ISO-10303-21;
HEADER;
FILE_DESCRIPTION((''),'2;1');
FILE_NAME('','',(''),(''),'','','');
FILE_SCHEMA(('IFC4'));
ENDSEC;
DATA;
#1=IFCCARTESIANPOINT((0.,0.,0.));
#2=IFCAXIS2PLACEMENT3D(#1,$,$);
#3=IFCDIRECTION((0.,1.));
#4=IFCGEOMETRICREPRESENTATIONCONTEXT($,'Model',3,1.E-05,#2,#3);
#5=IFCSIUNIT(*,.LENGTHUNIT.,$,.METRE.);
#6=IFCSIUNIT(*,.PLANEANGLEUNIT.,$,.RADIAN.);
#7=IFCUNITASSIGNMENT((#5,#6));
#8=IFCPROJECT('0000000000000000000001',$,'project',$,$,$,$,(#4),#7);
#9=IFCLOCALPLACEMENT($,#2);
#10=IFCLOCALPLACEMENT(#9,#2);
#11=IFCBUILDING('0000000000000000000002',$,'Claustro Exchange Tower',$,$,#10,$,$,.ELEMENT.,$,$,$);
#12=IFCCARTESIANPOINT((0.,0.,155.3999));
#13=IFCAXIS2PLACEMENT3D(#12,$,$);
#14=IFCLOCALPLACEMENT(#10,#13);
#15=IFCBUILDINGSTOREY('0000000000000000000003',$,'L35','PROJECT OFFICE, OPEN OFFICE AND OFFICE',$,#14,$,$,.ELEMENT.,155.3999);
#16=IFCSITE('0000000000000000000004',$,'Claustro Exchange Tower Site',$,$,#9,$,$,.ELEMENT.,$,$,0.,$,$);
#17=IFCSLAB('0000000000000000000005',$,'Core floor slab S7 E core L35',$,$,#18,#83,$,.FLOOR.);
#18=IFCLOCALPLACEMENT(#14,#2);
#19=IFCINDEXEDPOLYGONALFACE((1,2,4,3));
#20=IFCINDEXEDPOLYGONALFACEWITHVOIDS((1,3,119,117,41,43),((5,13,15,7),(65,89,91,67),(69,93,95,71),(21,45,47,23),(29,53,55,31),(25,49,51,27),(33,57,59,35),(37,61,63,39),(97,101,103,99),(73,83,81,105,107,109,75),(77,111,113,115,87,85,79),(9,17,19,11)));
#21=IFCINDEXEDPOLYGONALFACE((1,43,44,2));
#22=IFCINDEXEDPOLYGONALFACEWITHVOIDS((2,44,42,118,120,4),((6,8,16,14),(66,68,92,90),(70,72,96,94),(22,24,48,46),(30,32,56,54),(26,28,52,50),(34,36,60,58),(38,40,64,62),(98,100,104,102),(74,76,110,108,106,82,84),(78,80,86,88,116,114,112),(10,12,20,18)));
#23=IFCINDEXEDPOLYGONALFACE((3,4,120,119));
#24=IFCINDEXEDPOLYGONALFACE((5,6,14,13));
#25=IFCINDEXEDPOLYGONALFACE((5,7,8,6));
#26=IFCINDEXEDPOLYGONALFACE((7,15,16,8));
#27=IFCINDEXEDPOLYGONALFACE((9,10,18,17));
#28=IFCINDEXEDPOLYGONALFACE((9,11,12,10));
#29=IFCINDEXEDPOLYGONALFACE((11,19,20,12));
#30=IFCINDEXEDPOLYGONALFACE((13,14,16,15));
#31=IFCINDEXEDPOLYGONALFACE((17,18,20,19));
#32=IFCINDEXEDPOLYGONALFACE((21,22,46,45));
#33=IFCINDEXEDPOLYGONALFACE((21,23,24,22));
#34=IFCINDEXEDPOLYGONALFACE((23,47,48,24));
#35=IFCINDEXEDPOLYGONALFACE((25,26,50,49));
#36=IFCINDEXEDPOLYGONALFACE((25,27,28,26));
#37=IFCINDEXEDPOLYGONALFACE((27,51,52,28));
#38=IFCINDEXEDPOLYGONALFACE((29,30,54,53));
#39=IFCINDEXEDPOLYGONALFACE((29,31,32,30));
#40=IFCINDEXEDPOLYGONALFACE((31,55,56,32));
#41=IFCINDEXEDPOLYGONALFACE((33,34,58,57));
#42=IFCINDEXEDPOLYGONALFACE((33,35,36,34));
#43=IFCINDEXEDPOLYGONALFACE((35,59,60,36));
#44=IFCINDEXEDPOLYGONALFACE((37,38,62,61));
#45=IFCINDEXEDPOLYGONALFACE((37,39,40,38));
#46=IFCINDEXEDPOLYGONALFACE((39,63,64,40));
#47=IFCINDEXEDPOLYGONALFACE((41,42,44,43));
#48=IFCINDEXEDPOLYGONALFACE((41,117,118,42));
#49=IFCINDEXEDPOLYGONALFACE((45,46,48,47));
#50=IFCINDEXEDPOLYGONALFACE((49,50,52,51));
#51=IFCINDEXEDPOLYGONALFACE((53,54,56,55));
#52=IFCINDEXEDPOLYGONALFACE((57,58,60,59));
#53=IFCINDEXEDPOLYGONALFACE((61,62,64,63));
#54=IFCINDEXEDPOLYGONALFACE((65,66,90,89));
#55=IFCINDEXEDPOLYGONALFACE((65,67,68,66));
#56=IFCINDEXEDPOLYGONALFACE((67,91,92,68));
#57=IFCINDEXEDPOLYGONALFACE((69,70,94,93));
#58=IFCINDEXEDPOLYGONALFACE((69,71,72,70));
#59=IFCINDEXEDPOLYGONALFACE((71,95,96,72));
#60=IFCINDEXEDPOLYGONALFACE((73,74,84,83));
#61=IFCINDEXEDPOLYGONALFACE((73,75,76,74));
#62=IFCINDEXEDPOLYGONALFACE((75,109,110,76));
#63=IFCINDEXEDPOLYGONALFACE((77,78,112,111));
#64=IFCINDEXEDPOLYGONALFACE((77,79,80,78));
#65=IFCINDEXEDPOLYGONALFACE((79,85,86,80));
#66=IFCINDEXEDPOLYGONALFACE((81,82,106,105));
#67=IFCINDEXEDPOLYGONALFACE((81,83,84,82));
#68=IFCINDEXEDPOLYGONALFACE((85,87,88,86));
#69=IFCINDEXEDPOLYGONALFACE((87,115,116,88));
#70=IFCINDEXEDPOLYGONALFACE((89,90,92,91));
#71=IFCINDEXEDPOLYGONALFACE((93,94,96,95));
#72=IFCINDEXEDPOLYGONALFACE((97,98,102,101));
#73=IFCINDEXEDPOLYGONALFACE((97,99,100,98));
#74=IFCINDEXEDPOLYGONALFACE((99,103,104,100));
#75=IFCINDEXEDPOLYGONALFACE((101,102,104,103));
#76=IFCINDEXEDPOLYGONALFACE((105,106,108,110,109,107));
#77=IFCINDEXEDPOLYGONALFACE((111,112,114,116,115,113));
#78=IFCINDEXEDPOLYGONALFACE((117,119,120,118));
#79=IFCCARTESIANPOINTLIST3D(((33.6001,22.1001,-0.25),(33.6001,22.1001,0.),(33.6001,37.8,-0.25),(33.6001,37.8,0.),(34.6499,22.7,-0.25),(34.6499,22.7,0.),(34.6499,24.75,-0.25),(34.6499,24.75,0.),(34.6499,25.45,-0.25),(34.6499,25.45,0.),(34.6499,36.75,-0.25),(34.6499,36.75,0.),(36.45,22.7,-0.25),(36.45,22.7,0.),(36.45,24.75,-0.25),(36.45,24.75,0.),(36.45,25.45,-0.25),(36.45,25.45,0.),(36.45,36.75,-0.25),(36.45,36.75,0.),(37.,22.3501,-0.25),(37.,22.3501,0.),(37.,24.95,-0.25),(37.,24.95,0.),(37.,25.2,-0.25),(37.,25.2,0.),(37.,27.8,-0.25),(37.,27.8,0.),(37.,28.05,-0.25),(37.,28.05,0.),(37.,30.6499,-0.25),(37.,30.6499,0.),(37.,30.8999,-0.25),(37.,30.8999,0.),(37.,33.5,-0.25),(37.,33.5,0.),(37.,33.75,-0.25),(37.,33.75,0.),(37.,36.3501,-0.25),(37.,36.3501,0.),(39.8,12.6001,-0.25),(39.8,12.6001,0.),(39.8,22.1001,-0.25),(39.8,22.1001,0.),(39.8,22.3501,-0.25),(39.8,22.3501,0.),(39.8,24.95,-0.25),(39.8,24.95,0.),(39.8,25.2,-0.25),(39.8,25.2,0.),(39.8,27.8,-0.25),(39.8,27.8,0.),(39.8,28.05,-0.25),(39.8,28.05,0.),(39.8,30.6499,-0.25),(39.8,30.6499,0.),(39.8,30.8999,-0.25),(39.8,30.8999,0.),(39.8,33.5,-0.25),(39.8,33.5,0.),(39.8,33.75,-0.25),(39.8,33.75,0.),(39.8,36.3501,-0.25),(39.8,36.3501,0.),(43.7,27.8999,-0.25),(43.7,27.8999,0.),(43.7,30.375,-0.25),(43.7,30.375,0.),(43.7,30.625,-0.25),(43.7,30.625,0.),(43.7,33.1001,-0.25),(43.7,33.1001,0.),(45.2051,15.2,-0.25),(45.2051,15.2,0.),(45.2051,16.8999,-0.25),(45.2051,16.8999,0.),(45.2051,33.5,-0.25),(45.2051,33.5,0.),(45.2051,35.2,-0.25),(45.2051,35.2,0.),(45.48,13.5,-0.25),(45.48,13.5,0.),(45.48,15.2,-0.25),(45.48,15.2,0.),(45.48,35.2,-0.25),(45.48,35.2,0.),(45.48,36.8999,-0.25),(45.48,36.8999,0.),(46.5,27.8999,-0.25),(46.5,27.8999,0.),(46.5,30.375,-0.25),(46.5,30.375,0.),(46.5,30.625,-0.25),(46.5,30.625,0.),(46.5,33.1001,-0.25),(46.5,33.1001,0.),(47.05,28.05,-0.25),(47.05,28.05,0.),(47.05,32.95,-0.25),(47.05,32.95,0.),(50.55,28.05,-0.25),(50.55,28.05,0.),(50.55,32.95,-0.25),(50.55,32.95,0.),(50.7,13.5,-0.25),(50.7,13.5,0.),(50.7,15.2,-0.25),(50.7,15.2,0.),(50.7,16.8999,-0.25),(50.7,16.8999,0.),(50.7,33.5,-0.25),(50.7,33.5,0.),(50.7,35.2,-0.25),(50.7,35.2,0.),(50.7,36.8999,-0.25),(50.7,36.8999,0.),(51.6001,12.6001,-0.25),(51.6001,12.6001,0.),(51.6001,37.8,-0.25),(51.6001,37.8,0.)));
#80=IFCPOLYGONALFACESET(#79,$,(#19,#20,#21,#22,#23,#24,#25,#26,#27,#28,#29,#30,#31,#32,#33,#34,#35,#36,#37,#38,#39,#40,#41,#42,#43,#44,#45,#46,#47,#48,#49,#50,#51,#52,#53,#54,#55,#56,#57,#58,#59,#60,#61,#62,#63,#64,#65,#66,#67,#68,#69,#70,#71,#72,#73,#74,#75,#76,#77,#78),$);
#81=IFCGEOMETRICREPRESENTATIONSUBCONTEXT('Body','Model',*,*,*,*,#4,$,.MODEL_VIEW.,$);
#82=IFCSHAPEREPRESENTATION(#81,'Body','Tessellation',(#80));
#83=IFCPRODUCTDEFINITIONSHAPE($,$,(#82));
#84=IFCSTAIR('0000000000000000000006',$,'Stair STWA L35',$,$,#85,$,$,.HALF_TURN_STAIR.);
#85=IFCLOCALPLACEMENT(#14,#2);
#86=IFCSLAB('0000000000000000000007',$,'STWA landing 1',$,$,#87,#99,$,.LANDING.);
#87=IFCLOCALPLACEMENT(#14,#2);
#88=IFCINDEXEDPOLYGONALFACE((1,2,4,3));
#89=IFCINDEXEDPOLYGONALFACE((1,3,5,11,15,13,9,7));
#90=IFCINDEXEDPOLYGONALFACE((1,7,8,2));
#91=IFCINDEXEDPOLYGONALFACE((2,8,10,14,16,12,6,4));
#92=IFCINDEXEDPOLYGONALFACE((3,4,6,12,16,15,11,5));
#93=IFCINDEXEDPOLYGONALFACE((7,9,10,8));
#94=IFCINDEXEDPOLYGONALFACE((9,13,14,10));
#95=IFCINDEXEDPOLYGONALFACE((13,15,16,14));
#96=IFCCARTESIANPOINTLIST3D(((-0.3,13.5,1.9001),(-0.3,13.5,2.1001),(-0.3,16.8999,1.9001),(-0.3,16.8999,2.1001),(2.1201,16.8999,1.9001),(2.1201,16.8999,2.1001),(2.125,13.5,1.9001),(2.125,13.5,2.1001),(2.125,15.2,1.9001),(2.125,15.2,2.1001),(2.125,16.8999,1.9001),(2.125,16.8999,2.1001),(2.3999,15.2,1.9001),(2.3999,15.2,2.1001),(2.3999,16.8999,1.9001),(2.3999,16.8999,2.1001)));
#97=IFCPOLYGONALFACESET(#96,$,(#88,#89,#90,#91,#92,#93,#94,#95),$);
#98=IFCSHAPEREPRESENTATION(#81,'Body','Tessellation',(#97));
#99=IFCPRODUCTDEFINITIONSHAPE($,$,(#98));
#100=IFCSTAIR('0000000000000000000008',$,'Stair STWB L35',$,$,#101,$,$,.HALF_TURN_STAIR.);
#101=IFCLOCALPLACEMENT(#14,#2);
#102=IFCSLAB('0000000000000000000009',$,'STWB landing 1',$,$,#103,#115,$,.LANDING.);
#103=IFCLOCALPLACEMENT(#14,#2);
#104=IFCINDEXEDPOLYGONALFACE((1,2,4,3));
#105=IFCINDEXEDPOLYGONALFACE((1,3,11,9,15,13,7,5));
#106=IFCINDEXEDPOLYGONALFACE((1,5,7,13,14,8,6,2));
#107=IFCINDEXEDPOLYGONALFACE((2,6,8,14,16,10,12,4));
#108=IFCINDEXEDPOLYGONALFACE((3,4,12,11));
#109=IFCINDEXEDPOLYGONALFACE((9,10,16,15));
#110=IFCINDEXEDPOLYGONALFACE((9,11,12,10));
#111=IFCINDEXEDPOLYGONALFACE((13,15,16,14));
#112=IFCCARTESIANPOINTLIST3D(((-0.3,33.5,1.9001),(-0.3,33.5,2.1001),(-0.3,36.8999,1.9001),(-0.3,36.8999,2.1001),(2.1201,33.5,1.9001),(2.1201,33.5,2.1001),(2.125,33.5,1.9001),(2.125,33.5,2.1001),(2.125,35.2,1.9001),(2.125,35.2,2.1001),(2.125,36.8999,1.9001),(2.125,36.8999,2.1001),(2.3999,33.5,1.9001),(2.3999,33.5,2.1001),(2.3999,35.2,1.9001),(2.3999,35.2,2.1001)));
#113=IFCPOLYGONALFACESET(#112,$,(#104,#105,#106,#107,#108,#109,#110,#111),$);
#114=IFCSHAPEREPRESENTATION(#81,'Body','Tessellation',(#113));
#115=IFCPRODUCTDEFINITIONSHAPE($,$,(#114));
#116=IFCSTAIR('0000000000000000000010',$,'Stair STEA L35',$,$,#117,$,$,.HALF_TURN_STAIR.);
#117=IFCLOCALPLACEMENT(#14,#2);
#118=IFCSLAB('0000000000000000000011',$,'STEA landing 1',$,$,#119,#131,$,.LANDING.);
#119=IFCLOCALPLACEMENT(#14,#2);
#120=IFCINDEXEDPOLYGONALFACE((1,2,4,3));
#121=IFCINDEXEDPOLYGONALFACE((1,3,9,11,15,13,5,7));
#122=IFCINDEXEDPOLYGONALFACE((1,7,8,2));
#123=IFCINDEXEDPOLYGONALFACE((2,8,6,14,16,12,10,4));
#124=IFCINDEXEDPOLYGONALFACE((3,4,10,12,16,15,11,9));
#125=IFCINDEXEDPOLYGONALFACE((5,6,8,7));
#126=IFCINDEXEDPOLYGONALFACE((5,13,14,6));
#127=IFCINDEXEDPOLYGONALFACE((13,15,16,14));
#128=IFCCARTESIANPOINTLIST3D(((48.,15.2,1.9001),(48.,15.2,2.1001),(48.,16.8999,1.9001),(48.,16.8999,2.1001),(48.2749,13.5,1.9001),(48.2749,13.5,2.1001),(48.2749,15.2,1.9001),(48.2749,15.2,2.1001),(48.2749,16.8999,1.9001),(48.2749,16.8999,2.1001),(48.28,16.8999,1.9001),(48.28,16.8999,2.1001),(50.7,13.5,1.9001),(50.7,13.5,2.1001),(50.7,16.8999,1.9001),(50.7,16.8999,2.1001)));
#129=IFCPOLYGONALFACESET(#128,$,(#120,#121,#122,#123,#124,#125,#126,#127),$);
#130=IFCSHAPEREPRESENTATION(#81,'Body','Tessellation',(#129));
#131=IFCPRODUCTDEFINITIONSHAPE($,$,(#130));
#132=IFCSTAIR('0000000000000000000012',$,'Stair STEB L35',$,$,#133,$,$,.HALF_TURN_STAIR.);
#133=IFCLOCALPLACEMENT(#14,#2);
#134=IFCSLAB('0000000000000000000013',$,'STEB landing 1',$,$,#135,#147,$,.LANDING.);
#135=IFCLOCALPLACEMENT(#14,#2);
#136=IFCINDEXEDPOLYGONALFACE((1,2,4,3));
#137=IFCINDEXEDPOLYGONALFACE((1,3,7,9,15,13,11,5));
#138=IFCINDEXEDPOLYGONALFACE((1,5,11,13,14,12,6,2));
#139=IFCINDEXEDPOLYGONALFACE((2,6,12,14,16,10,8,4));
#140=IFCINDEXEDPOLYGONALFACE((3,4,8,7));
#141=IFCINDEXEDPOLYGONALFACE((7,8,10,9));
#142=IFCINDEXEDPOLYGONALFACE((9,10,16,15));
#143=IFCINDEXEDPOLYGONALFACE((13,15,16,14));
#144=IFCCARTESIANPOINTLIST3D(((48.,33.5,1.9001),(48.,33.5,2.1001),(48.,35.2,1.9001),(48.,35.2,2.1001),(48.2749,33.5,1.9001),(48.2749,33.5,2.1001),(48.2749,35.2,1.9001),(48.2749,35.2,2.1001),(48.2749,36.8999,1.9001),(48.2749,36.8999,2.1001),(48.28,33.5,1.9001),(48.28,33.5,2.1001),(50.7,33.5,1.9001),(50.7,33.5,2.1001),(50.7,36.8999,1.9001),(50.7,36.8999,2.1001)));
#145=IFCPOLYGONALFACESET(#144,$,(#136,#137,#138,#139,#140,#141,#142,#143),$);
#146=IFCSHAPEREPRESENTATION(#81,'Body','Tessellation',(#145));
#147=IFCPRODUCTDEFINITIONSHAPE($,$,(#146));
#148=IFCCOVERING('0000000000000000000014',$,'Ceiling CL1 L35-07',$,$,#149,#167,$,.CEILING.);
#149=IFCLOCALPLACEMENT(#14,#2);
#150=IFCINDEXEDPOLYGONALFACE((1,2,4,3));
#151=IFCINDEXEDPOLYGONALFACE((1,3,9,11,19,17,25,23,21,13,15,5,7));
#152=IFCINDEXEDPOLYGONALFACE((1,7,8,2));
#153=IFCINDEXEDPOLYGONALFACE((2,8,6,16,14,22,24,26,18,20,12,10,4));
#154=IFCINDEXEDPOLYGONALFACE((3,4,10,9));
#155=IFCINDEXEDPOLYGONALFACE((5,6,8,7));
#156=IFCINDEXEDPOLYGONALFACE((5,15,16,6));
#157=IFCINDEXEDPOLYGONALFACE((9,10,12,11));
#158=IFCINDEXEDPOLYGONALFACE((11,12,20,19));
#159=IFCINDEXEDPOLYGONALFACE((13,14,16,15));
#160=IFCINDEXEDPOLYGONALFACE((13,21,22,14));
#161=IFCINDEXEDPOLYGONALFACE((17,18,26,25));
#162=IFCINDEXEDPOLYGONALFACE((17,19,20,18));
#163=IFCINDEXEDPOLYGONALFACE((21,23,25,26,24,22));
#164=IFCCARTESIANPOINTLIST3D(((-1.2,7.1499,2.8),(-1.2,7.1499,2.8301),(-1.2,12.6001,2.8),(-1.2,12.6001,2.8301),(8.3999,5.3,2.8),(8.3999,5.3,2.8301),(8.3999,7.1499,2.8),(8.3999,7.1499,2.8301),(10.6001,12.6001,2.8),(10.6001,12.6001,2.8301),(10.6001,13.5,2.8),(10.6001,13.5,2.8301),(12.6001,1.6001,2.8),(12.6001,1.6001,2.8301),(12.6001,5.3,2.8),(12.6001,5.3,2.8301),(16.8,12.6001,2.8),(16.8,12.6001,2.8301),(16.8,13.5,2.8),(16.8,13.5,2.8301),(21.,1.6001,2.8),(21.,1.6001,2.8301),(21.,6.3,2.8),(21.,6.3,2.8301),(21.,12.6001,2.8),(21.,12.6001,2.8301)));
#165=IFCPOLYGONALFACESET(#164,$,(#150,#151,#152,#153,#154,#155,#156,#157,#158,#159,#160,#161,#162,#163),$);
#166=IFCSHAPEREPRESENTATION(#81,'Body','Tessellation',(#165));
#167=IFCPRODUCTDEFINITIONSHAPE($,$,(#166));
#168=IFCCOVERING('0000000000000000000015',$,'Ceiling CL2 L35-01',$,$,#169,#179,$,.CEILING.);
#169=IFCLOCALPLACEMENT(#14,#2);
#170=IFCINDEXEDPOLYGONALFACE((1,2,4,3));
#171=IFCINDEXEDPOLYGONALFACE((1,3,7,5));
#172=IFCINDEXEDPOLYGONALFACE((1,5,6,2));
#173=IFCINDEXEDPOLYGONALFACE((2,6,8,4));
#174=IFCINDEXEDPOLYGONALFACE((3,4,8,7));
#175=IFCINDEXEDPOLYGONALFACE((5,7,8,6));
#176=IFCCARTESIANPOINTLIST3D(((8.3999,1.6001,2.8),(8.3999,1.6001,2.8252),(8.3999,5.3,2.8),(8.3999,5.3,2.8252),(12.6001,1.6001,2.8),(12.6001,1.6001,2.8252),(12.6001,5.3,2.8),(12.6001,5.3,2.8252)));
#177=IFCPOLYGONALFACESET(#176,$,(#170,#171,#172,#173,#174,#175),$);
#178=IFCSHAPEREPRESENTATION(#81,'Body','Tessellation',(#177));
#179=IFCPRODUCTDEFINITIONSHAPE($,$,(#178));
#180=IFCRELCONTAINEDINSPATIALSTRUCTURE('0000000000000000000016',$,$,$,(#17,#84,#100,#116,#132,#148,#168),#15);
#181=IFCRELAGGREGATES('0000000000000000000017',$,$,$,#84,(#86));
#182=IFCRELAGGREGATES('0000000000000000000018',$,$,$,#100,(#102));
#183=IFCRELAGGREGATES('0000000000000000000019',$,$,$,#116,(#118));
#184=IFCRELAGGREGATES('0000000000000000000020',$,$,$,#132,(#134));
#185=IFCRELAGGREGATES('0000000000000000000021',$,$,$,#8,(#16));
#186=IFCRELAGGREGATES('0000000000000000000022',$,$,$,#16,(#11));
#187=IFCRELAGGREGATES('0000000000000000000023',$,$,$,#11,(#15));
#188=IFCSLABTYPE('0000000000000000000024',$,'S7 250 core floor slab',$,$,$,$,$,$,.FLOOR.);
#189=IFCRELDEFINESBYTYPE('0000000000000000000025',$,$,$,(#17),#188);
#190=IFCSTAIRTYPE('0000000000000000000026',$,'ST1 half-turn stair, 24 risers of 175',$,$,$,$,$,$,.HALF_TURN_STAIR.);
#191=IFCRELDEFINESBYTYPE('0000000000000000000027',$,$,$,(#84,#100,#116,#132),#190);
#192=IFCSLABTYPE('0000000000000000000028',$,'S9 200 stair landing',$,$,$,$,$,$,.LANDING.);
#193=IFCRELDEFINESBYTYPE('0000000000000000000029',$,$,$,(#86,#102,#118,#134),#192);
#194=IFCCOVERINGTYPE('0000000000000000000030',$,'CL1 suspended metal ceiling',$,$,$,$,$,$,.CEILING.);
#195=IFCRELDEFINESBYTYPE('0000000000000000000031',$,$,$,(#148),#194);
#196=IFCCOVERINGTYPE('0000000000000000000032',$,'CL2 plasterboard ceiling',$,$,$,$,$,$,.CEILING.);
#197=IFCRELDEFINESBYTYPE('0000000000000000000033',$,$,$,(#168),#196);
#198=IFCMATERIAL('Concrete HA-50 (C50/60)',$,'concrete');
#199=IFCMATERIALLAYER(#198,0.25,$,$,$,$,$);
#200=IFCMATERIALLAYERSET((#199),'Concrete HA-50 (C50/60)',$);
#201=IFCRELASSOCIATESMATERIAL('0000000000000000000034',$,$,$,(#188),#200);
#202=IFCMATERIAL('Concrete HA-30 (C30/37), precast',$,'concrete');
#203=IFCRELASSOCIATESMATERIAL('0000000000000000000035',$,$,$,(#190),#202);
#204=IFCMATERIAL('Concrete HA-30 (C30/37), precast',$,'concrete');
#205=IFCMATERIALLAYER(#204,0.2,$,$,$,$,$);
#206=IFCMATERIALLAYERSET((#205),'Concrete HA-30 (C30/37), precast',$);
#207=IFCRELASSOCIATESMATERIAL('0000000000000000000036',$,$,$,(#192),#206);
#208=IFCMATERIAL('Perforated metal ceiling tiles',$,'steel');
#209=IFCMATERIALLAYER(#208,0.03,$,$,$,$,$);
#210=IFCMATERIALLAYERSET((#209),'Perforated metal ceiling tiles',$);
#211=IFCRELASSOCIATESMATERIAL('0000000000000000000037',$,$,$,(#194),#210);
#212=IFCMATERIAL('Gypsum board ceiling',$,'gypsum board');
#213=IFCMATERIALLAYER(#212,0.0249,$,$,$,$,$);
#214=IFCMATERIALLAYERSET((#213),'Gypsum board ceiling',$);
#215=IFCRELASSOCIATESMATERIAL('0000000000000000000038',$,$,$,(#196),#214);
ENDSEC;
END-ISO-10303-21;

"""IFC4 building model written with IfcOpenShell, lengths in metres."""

from ifc_helpers import new_model, si_unit, direction, frame, origin, place, context, subcontext, project, spatial, polyline, outline, extrude, material, layer, layer_set, type_object, element, aggregate, save


model = new_model("IFC4")

# Units and contexts
model_context = context("Model", 3, precision=1e-05, world=origin(), true_north=direction((0.0, 1.0)))
body_context = subcontext(model_context, "Body", "Model", "MODEL_VIEW")
ifc_project = project(units=[si_unit("LENGTHUNIT", "METRE"), si_unit("PLANEANGLEUNIT", "RADIAN")], contexts=[model_context])

# Site, building, storey
site_placement = place(None, origin())
site = spatial("IfcSite", under=ifc_project, at=site_placement, Name="Claustro Exchange Tower Site", CompositionType="ELEMENT", RefElevation=0.0)
building_placement = place(site_placement, origin())
building = spatial("IfcBuilding", under=site, at=building_placement, Name="Claustro Exchange Tower", CompositionType="ELEMENT")
storey_placement = place(building_placement, frame((0.0, 0.0, 155.3999)))
storey = spatial("IfcBuildingStorey", under=building, at=storey_placement, Name="L35", Description="PROJECT OFFICE, OPEN OFFICE AND OFFICE", CompositionType="ELEMENT", Elevation=155.3999)

# Slab
ifc_material_1 = material(Name="Concrete HA-50 (C50/60)", Category="concrete")
ifc_layer_1 = layer(ifc_material_1, 0.25)
ifc_layer_set_1 = layer_set([ifc_layer_1], Name="Concrete HA-50 (C50/60)")
slab_type_1 = type_object("IfcSlabType", Name="S7 250 core floor slab", PredefinedType="FLOOR", material=ifc_layer_set_1)
slab_1_placement = place(storey_placement, frame((0.0, 0.0, -0.25)))
element("IfcSlab", 1, at=slab_1_placement, inside=storey, type_object=slab_type_1, Name="Core floor slab S7 E core L35", PredefinedType="FLOOR", context=body_context, shape_type="SweptSolid", body=[
    extrude(outline(polyline([(51.6001, 37.8), (33.6001, 37.8), (33.6001, 22.1001), (39.8, 22.1001), (39.8, 12.6001), (51.6001, 12.6001), (51.6001, 37.8)]), holes=[polyline([(45.48, 15.2), (45.2051, 15.2), (45.2051, 16.8999), (50.7, 16.8999), (50.7, 15.2), (50.7, 13.5), (45.48, 13.5), (45.48, 15.2)]), polyline([(45.48, 35.2), (45.48, 36.8999), (50.7, 36.8999), (50.7, 35.2), (50.7, 33.5), (45.2051, 33.5), (45.2051, 35.2), (45.48, 35.2)]), polyline([(50.55, 32.95), (50.55, 28.05), (47.05, 28.05), (47.05, 32.95), (50.55, 32.95)]), polyline([(43.7, 33.1001), (46.5, 33.1001), (46.5, 30.625), (43.7, 30.625), (43.7, 33.1001)]), polyline([(46.5, 30.375), (46.5, 27.8999), (43.7, 27.8999), (43.7, 30.375), (46.5, 30.375)]), polyline([(37.0, 24.95), (39.8, 24.95), (39.8, 22.3501), (37.0, 22.3501), (37.0, 24.95)]), polyline([(37.0, 30.6499), (39.8, 30.6499), (39.8, 28.05), (37.0, 28.05), (37.0, 30.6499)]), polyline([(39.8, 27.8), (39.8, 25.2), (37.0, 25.2), (37.0, 27.8), (39.8, 27.8)]), polyline([(39.8, 33.5), (39.8, 30.8999), (37.0, 30.8999), (37.0, 33.5), (39.8, 33.5)]), polyline([(39.8, 36.3501), (39.8, 33.75), (37.0, 33.75), (37.0, 36.3501), (39.8, 36.3501)]), polyline([(36.45, 24.75), (36.45, 22.7), (34.6499, 22.7), (34.6499, 24.75), (36.45, 24.75)]), polyline([(36.45, 36.75), (36.45, 25.45), (34.6499, 25.45), (34.6499, 36.75), (36.45, 36.75)])]), origin(), (0.0, 0.0, 1.0), 0.25),
])

# Stairs, slabs
ifc_material_2 = material(Name="Concrete HA-30 (C30/37), precast", Category="concrete")
stair_type = type_object("IfcStairType", Name="ST1 half-turn stair, 24 risers of 175", PredefinedType="HALF_TURN_STAIR", material=ifc_material_2)
stair_1_placement = place(storey_placement, origin())
stair_1 = element("IfcStair", 2, at=stair_1_placement, inside=storey, type_object=stair_type, Name="Stair STWA L35", PredefinedType="HALF_TURN_STAIR")
ifc_material_3 = material(Name="Concrete HA-30 (C30/37), precast", Category="concrete")
ifc_layer_2 = layer(ifc_material_3, 0.2)
ifc_layer_set_2 = layer_set([ifc_layer_2], Name="Concrete HA-30 (C30/37), precast")
slab_type_2 = type_object("IfcSlabType", Name="S9 200 stair landing", PredefinedType="LANDING", material=ifc_layer_set_2)
slab_2_placement = place(storey_placement, frame((0.0, 0.0, 1.9001)))
slab_2 = element("IfcSlab", 3, at=slab_2_placement, type_object=slab_type_2, Name="STWA landing 1", PredefinedType="LANDING", context=body_context, shape_type="SweptSolid", body=[
    extrude(outline(polyline([(2.125, 13.5), (-0.3, 13.5), (-0.3, 16.8999), (2.1201, 16.8999), (2.125, 16.8999), (2.3999, 16.8999), (2.3999, 15.2), (2.125, 15.2), (2.125, 13.5)])), origin(), (0.0, 0.0, 1.0), 0.2),
])
aggregate(stair_1, [slab_2])
stair_2_placement = place(storey_placement, origin())
stair_2 = element("IfcStair", 4, at=stair_2_placement, inside=storey, type_object=stair_type, Name="Stair STWB L35", PredefinedType="HALF_TURN_STAIR")
slab_3_placement = place(storey_placement, frame((0.0, 0.0, 1.9001)))
slab_3 = element("IfcSlab", 5, at=slab_3_placement, type_object=slab_type_2, Name="STWB landing 1", PredefinedType="LANDING", context=body_context, shape_type="SweptSolid", body=[
    extrude(outline(polyline([(2.3999, 35.2), (2.3999, 33.5), (2.125, 33.5), (2.1201, 33.5), (-0.3, 33.5), (-0.3, 36.8999), (2.125, 36.8999), (2.125, 35.2), (2.3999, 35.2)])), origin(), (0.0, 0.0, 1.0), 0.2),
])
aggregate(stair_2, [slab_3])
stair_3_placement = place(storey_placement, origin())
stair_3 = element("IfcStair", 6, at=stair_3_placement, inside=storey, type_object=stair_type, Name="Stair STEA L35", PredefinedType="HALF_TURN_STAIR")
slab_4_placement = place(storey_placement, frame((0.0, 0.0, 1.9001)))
slab_4 = element("IfcSlab", 7, at=slab_4_placement, type_object=slab_type_2, Name="STEA landing 1", PredefinedType="LANDING", context=body_context, shape_type="SweptSolid", body=[
    extrude(outline(polyline([(50.7, 16.8999), (50.7, 13.5), (48.2749, 13.5), (48.2749, 15.2), (48.0, 15.2), (48.0, 16.8999), (48.2749, 16.8999), (48.28, 16.8999), (50.7, 16.8999)])), origin(), (0.0, 0.0, 1.0), 0.2),
])
aggregate(stair_3, [slab_4])
stair_4_placement = place(storey_placement, origin())
stair_4 = element("IfcStair", 8, at=stair_4_placement, inside=storey, type_object=stair_type, Name="Stair STEB L35", PredefinedType="HALF_TURN_STAIR")
slab_5_placement = place(storey_placement, frame((0.0, 0.0, 1.9001)))
slab_5 = element("IfcSlab", 9, at=slab_5_placement, type_object=slab_type_2, Name="STEB landing 1", PredefinedType="LANDING", context=body_context, shape_type="SweptSolid", body=[
    extrude(outline(polyline([(48.0, 33.5), (48.0, 35.2), (48.2749, 35.2), (48.2749, 36.8999), (50.7, 36.8999), (50.7, 33.5), (48.28, 33.5), (48.2749, 33.5), (48.0, 33.5)])), origin(), (0.0, 0.0, 1.0), 0.2),
])
aggregate(stair_4, [slab_5])

# Coverings
ifc_material_4 = material(Name="Perforated metal ceiling tiles", Category="steel")
ifc_layer_3 = layer(ifc_material_4, 0.03)
ifc_layer_set_3 = layer_set([ifc_layer_3], Name="Perforated metal ceiling tiles")
covering_type_1 = type_object("IfcCoveringType", Name="CL1 suspended metal ceiling", PredefinedType="CEILING", material=ifc_layer_set_3)
covering_1_placement = place(storey_placement, frame((0.0, 0.0, 2.8)))
element("IfcCovering", 10, at=covering_1_placement, inside=storey, type_object=covering_type_1, Name="Ceiling CL1 L35-07", PredefinedType="CEILING", context=body_context, shape_type="SweptSolid", body=[
    extrude(outline(polyline([(10.6001, 12.6001), (-1.2, 12.6001), (-1.2, 7.1499), (8.3999, 7.1499), (8.3999, 5.3), (12.6001, 5.3), (12.6001, 1.6001), (21.0, 1.6001), (21.0, 6.3), (21.0, 12.6001), (16.8, 12.6001), (16.8, 13.5), (10.6001, 13.5), (10.6001, 12.6001)])), origin(), (0.0, 0.0, 1.0), 0.03),
])
ifc_material_5 = material(Name="Gypsum board ceiling", Category="gypsum board")
ifc_layer_4 = layer(ifc_material_5, 0.0249)
ifc_layer_set_4 = layer_set([ifc_layer_4], Name="Gypsum board ceiling")
covering_type_2 = type_object("IfcCoveringType", Name="CL2 plasterboard ceiling", PredefinedType="CEILING", material=ifc_layer_set_4)
covering_2_placement = place(storey_placement, frame((0.0, 0.0, 2.8)))
element("IfcCovering", 11, at=covering_2_placement, inside=storey, type_object=covering_type_2, Name="Ceiling CL2 L35-01", PredefinedType="CEILING", context=body_context, shape_type="SweptSolid", body=[
    extrude(outline(polyline([(8.3999, 1.6001), (12.6001, 1.6001), (12.6001, 5.3), (8.3999, 5.3), (8.3999, 1.6001)])), origin(), (0.0, 0.0, 1.0), 0.0251),
])

save(model, "model.ifc")
